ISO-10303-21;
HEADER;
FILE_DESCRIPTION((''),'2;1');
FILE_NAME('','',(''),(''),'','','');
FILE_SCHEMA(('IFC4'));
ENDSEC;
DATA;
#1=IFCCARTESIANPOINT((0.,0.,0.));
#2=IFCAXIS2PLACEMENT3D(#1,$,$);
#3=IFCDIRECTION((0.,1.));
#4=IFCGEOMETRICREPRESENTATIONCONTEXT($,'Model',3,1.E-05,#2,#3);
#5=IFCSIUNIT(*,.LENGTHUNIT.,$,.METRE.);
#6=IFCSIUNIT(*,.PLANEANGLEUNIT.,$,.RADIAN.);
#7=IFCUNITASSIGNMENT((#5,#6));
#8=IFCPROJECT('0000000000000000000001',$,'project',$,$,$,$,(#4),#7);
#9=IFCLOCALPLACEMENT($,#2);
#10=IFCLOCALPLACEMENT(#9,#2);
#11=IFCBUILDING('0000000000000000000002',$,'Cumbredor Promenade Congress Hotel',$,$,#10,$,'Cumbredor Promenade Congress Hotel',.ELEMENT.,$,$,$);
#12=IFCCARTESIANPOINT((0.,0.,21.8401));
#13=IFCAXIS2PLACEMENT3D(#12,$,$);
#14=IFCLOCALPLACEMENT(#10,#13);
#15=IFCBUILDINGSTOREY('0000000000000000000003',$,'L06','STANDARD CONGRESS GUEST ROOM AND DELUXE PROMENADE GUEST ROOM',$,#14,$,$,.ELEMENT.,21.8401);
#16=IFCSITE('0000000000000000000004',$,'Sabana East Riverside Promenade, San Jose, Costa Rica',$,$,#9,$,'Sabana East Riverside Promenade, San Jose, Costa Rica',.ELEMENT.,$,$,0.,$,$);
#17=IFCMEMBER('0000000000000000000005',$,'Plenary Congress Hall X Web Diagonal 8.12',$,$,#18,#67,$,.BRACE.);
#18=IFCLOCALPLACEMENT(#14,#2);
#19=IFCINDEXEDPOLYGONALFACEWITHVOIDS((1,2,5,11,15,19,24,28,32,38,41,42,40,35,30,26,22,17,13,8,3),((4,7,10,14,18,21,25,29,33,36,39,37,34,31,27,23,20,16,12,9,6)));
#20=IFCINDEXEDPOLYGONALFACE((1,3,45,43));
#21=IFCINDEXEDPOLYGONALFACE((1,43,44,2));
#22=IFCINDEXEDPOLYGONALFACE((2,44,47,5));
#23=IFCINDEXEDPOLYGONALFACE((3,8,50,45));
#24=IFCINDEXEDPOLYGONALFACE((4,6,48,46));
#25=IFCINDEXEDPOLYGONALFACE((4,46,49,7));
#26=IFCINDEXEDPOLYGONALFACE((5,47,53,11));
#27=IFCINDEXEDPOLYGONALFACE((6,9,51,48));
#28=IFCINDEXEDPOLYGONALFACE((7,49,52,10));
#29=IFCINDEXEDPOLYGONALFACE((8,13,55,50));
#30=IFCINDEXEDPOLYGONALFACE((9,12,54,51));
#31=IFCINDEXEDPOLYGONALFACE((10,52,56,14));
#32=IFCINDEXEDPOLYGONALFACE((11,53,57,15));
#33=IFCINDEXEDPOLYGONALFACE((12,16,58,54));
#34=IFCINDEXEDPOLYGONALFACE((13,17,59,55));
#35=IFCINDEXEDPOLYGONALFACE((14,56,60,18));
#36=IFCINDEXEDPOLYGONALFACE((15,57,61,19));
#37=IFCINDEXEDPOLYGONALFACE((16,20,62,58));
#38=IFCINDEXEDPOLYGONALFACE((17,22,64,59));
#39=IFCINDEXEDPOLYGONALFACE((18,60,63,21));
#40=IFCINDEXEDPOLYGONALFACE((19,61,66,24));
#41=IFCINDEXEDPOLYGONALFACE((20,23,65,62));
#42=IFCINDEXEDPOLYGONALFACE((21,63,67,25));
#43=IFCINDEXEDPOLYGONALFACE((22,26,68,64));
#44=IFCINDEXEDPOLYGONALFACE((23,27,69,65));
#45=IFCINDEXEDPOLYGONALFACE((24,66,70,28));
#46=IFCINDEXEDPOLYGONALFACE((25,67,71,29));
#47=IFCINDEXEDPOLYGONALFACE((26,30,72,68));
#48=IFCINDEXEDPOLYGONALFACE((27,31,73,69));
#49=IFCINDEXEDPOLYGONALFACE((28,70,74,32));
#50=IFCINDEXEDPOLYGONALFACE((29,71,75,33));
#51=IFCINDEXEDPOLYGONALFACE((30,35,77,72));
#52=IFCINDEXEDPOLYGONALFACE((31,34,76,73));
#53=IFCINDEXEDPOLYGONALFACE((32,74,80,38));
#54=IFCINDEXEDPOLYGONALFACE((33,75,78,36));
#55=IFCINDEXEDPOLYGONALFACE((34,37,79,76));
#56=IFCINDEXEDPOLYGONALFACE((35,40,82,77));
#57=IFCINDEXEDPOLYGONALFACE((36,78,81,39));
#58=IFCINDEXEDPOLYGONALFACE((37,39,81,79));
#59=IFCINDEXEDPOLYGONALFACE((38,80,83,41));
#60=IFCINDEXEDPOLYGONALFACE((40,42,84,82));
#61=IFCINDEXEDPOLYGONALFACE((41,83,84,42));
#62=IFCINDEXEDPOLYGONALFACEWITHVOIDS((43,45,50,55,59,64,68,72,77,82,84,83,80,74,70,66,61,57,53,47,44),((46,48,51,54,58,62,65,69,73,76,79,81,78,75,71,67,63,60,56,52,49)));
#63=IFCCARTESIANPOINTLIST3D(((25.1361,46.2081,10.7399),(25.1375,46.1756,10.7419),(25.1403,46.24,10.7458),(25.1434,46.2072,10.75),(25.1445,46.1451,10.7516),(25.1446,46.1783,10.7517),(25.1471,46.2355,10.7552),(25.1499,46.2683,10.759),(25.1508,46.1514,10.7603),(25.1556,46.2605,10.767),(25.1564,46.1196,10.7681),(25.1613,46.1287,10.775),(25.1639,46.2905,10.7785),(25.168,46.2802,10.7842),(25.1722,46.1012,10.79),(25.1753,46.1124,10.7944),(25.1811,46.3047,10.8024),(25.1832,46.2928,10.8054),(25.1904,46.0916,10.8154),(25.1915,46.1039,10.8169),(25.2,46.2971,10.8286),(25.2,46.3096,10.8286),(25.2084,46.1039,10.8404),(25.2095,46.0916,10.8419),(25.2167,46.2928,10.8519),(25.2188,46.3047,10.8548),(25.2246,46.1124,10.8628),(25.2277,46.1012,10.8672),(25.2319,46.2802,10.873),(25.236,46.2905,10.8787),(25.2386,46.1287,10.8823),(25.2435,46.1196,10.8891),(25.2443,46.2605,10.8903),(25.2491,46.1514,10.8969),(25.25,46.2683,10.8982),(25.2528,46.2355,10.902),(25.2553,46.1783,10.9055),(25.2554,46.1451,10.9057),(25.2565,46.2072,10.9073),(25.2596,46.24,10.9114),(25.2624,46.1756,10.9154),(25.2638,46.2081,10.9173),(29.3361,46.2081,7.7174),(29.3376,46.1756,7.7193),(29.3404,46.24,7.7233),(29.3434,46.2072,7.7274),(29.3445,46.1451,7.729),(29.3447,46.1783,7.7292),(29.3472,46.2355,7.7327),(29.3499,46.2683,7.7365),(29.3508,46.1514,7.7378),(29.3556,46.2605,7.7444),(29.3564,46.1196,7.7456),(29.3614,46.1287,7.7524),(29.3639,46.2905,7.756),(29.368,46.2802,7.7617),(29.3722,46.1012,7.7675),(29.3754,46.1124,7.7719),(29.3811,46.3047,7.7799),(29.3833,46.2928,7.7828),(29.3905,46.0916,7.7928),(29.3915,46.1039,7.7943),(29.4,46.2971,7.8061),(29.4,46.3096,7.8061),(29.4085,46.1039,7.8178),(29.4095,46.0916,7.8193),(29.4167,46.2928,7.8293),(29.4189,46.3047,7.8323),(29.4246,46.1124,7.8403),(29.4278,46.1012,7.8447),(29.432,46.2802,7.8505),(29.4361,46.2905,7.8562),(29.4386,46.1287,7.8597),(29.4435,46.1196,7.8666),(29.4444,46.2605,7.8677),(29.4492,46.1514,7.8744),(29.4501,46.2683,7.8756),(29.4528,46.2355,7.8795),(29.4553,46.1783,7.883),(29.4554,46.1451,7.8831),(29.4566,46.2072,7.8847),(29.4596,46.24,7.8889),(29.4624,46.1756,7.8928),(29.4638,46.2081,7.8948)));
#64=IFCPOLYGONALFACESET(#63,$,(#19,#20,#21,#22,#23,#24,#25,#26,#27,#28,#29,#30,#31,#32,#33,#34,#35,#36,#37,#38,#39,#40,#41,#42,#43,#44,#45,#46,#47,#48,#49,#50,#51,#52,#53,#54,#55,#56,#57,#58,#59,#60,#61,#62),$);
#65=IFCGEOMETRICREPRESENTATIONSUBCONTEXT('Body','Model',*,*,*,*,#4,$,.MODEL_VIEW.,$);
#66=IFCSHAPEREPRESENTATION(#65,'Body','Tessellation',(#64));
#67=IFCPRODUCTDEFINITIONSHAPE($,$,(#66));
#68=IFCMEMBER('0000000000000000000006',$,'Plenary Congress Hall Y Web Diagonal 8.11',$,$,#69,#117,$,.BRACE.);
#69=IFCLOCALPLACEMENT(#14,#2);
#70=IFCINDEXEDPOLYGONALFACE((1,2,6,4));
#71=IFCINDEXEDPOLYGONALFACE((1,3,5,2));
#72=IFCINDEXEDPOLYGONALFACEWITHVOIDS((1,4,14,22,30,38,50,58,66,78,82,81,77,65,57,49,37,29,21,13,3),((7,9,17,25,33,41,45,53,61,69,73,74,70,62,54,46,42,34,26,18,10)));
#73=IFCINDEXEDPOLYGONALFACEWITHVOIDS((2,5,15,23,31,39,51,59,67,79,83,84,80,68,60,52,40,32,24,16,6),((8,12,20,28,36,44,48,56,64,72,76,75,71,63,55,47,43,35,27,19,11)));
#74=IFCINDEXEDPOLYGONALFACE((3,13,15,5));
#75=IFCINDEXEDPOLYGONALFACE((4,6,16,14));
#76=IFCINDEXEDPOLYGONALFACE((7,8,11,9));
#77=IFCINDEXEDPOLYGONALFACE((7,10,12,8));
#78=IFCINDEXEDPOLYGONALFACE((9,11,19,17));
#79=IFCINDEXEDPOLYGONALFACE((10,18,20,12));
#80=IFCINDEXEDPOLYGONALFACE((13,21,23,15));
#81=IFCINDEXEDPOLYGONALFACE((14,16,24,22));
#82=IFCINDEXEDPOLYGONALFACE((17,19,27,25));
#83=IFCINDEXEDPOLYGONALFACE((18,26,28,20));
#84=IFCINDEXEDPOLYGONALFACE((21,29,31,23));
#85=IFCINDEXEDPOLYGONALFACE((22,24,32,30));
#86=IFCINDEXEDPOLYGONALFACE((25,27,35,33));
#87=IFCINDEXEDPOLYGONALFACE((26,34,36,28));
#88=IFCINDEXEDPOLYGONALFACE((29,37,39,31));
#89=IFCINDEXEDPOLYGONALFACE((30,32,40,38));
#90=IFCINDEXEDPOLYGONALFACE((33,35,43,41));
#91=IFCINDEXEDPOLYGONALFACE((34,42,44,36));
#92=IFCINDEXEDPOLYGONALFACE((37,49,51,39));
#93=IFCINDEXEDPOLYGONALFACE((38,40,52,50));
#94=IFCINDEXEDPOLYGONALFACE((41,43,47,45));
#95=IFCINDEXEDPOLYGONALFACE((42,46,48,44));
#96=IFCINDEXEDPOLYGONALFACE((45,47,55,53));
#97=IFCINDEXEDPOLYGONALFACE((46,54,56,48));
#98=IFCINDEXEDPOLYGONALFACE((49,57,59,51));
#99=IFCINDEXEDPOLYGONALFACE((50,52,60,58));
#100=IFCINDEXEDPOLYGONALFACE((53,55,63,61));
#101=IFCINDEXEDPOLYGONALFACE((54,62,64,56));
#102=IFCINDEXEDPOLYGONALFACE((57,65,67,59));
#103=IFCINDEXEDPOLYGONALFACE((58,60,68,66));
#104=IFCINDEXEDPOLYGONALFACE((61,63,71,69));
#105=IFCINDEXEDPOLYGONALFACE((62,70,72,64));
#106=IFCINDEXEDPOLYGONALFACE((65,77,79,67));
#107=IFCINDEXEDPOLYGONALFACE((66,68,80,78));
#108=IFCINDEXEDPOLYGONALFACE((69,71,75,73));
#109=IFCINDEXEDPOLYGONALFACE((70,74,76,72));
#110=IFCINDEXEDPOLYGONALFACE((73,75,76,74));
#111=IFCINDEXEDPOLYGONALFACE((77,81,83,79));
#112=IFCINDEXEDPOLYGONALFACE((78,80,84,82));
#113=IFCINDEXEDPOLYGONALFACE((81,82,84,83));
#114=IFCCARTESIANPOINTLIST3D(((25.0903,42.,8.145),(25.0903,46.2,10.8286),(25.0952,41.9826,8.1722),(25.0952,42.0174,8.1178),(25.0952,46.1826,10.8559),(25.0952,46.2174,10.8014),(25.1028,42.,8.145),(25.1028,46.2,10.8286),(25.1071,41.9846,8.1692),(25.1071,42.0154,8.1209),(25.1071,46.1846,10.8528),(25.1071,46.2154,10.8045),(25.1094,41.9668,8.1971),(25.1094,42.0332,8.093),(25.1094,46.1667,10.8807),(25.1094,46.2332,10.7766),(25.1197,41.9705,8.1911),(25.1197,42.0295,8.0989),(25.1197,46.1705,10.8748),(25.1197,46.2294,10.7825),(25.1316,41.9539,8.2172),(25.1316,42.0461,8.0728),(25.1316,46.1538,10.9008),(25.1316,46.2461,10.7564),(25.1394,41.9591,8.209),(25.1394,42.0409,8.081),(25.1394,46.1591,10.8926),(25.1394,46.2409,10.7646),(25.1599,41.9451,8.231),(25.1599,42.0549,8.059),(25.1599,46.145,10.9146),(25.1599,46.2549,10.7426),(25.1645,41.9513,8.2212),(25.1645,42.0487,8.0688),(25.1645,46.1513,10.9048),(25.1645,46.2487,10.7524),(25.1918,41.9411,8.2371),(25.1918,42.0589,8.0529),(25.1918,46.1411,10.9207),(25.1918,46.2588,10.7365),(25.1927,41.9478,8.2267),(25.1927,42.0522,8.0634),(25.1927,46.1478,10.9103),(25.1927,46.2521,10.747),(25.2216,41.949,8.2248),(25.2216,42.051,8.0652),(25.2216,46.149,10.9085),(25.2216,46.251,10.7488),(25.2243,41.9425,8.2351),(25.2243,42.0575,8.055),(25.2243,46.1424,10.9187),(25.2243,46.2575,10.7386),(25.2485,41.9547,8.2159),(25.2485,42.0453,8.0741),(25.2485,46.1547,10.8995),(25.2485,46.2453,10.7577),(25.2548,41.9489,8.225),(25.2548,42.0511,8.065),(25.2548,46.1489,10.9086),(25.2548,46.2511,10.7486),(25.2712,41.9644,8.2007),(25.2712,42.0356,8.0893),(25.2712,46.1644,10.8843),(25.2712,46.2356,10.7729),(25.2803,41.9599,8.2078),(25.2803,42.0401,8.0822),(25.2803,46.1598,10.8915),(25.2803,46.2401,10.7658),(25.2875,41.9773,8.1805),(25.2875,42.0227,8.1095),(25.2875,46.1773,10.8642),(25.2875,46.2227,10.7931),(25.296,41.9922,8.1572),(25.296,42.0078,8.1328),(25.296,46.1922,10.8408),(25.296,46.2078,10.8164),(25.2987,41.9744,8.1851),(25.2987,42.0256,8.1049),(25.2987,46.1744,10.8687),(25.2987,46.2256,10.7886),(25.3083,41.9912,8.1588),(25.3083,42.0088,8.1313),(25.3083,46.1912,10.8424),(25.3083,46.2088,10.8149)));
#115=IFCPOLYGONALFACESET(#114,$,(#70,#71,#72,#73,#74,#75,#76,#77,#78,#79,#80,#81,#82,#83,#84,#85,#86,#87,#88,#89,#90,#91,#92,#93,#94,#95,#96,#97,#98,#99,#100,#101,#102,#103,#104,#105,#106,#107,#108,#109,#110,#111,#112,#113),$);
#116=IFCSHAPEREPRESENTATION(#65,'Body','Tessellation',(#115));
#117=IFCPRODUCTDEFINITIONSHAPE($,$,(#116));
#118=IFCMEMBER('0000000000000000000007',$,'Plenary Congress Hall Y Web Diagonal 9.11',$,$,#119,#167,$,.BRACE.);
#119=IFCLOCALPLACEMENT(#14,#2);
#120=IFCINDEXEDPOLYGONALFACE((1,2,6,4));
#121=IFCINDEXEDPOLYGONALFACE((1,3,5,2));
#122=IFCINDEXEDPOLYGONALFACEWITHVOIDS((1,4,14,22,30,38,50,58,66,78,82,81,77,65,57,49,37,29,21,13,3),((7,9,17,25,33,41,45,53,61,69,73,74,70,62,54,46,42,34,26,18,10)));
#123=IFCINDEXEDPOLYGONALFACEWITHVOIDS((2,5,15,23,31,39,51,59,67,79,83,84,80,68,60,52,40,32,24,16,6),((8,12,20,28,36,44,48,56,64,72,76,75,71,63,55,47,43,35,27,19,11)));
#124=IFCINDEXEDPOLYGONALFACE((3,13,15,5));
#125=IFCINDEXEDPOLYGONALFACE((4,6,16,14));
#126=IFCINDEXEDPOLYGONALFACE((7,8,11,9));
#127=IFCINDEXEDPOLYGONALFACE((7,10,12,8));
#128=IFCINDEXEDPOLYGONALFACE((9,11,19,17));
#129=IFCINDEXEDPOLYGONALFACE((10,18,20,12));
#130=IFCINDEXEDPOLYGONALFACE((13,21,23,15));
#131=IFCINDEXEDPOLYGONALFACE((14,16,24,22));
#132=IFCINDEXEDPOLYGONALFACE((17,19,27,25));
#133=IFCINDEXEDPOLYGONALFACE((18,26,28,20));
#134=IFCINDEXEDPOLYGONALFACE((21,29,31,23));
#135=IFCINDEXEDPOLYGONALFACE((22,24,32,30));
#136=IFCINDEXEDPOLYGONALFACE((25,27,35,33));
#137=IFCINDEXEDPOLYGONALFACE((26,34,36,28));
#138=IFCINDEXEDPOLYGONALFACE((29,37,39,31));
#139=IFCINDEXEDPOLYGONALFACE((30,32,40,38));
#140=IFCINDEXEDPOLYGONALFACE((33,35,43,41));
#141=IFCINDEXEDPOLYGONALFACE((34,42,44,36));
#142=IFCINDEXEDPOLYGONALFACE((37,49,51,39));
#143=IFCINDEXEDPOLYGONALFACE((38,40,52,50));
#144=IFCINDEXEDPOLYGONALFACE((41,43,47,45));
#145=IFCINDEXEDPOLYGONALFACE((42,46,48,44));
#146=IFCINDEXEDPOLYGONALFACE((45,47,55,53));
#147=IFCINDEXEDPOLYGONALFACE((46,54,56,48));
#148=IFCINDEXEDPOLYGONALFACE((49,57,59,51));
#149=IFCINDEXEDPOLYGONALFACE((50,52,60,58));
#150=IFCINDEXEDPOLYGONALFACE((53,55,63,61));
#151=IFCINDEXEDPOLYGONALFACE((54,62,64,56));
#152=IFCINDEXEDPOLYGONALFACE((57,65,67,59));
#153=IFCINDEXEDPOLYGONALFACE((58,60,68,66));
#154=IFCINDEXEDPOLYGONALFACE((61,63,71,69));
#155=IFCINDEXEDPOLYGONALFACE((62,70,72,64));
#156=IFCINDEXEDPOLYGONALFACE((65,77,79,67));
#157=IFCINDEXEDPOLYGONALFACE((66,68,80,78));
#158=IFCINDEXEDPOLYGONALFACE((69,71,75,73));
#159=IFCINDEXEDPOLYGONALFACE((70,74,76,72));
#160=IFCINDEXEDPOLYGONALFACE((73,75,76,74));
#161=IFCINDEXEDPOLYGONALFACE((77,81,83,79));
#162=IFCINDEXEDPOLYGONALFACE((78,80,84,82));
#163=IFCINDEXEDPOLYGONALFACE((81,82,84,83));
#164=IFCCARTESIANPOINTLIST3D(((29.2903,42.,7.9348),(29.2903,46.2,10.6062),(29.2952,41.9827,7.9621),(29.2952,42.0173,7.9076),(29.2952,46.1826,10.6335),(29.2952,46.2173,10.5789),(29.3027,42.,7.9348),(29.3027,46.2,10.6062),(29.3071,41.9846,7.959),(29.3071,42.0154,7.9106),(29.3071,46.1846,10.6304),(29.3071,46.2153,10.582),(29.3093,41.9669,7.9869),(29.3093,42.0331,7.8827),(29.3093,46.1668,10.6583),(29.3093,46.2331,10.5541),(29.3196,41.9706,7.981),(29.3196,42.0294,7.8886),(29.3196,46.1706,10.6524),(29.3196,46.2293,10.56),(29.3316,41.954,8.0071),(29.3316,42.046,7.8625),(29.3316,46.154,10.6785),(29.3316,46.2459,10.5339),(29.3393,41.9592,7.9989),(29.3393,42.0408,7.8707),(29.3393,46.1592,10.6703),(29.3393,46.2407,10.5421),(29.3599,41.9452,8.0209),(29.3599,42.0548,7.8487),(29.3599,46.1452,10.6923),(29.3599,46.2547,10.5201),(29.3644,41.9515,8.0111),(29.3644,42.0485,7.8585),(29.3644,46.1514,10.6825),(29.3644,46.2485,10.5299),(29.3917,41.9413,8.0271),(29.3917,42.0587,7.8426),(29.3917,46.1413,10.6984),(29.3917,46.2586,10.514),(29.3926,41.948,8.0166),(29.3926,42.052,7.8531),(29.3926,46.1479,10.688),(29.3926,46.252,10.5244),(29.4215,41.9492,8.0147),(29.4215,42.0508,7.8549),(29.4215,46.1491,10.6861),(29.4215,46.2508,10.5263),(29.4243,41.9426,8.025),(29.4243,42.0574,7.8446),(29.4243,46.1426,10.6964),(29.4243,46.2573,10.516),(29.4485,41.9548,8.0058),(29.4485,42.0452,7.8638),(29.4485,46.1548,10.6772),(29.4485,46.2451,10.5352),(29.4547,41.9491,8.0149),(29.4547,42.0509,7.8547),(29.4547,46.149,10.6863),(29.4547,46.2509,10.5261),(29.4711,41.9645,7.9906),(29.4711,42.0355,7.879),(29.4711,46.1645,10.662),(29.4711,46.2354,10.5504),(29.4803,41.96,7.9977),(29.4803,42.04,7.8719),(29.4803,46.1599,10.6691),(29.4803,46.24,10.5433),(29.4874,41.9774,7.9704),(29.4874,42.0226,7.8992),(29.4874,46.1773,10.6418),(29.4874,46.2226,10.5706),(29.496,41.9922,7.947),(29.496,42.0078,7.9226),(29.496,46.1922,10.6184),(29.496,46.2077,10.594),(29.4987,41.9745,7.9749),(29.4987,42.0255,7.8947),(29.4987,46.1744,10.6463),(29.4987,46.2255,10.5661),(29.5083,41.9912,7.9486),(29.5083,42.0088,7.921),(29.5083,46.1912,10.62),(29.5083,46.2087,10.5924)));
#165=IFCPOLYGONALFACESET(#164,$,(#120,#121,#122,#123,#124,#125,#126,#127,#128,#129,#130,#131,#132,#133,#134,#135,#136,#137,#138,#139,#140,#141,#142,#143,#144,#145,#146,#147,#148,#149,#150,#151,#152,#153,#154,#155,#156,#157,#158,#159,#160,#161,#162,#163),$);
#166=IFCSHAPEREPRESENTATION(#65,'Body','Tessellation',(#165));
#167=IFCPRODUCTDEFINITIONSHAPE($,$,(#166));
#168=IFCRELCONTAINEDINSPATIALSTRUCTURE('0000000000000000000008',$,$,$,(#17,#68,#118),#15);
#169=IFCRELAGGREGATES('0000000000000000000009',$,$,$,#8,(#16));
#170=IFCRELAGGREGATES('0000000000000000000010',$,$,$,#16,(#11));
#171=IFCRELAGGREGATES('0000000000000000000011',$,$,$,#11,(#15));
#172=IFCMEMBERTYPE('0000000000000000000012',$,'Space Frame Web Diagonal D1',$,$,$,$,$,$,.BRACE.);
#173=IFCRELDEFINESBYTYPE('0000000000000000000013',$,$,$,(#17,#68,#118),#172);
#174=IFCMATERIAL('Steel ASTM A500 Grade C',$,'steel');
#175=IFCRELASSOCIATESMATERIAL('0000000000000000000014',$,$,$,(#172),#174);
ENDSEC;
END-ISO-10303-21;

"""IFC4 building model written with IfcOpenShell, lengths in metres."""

from ifc_helpers import new_model, si_unit, direction, frame, origin, origin_2d, place, context, subcontext, project, spatial, hollow_circle, extrude, material, material_profile, profile_set, type_object, element, save


model = new_model("IFC4")

# Units and contexts
model_context = context("Model", 3, precision=1e-05, world=origin(), true_north=direction((0.0, 1.0)))
body_context = subcontext(model_context, "Body", "Model", "MODEL_VIEW")
ifc_project = project(units=[si_unit("LENGTHUNIT", "METRE"), si_unit("PLANEANGLEUNIT", "RADIAN")], contexts=[model_context])

# Site, building, storey
site_placement = place(None, origin())
site = spatial("IfcSite", under=ifc_project, at=site_placement, Name="Sabana East Riverside Promenade, San Jose, Costa Rica", LongName="Sabana East Riverside Promenade, San Jose, Costa Rica", CompositionType="ELEMENT", RefElevation=0.0)
building_placement = place(site_placement, origin())
building = spatial("IfcBuilding", under=site, at=building_placement, Name="Cumbredor Promenade Congress Hotel", LongName="Cumbredor Promenade Congress Hotel", CompositionType="ELEMENT")
storey_placement = place(building_placement, frame((0.0, 0.0, 21.8401)))
storey = spatial("IfcBuildingStorey", under=building, at=storey_placement, Name="L06", Description="STANDARD CONGRESS GUEST ROOM AND DELUXE PROMENADE GUEST ROOM", CompositionType="ELEMENT", Elevation=21.8401)

# Members
ifc_material_1 = material(Name="Steel ASTM A500 Grade C", Category="steel")
ifc_material_profile_1 = material_profile(ifc_material_1, hollow_circle(Radius=0.1096, WallThickness=0.0125, at=origin_2d()), Name="CHS 219.1x12.5")
ifc_profile_set_1 = profile_set([ifc_material_profile_1], Name="Steel ASTM A500 Grade C")
member_type_1 = type_object("IfcMemberType", Name="Space Frame Web Diagonal D1", PredefinedType="BRACE", material=ifc_profile_set_1)
member_1_placement = place(storey_placement, frame((25.2, 46.2, 10.8286), z_axis=(0.811672, 0.0, -0.584113), x_axis=(0.0, 1.0, 0.0)))
element("IfcMember", 1, at=member_1_placement, inside=storey, type_object=member_type_1, Name="Plenary Congress Hall X Web Diagonal 8.12", PredefinedType="BRACE", context=body_context, shape_type="SweptSolid", body=[
    extrude(hollow_circle(Radius=0.1096, WallThickness=0.0125, at=origin_2d()), origin(), (0.0, 0.0, 1.0), 5.1746),
])
member_2_placement = place(storey_placement, frame((25.2, 42.0, 8.145), z_axis=(0.0, 0.84267, 0.538431), x_axis=(-1.0, 0.0, 0.0)))
element("IfcMember", 2, at=member_2_placement, inside=storey, type_object=member_type_1, Name="Plenary Congress Hall Y Web Diagonal 8.11", PredefinedType="BRACE", context=body_context, shape_type="SweptSolid", body=[
    extrude(hollow_circle(Radius=0.1096, WallThickness=0.0125, at=origin_2d()), origin(), (0.0, 0.0, 1.0), 4.9841),
])
member_3_placement = place(storey_placement, frame((29.3999, 42.0, 7.9348), z_axis=(0.0, 0.843781, 0.536688), x_axis=(-1.0, 0.0, 0.0)))
element("IfcMember", 3, at=member_3_placement, inside=storey, type_object=member_type_1, Name="Plenary Congress Hall Y Web Diagonal 9.11", PredefinedType="BRACE", context=body_context, shape_type="SweptSolid", body=[
    extrude(hollow_circle(Radius=0.1096, WallThickness=0.0125, at=origin_2d()), origin(), (0.0, 0.0, 1.0), 4.9775),
])

save(model, "model.ifc")
